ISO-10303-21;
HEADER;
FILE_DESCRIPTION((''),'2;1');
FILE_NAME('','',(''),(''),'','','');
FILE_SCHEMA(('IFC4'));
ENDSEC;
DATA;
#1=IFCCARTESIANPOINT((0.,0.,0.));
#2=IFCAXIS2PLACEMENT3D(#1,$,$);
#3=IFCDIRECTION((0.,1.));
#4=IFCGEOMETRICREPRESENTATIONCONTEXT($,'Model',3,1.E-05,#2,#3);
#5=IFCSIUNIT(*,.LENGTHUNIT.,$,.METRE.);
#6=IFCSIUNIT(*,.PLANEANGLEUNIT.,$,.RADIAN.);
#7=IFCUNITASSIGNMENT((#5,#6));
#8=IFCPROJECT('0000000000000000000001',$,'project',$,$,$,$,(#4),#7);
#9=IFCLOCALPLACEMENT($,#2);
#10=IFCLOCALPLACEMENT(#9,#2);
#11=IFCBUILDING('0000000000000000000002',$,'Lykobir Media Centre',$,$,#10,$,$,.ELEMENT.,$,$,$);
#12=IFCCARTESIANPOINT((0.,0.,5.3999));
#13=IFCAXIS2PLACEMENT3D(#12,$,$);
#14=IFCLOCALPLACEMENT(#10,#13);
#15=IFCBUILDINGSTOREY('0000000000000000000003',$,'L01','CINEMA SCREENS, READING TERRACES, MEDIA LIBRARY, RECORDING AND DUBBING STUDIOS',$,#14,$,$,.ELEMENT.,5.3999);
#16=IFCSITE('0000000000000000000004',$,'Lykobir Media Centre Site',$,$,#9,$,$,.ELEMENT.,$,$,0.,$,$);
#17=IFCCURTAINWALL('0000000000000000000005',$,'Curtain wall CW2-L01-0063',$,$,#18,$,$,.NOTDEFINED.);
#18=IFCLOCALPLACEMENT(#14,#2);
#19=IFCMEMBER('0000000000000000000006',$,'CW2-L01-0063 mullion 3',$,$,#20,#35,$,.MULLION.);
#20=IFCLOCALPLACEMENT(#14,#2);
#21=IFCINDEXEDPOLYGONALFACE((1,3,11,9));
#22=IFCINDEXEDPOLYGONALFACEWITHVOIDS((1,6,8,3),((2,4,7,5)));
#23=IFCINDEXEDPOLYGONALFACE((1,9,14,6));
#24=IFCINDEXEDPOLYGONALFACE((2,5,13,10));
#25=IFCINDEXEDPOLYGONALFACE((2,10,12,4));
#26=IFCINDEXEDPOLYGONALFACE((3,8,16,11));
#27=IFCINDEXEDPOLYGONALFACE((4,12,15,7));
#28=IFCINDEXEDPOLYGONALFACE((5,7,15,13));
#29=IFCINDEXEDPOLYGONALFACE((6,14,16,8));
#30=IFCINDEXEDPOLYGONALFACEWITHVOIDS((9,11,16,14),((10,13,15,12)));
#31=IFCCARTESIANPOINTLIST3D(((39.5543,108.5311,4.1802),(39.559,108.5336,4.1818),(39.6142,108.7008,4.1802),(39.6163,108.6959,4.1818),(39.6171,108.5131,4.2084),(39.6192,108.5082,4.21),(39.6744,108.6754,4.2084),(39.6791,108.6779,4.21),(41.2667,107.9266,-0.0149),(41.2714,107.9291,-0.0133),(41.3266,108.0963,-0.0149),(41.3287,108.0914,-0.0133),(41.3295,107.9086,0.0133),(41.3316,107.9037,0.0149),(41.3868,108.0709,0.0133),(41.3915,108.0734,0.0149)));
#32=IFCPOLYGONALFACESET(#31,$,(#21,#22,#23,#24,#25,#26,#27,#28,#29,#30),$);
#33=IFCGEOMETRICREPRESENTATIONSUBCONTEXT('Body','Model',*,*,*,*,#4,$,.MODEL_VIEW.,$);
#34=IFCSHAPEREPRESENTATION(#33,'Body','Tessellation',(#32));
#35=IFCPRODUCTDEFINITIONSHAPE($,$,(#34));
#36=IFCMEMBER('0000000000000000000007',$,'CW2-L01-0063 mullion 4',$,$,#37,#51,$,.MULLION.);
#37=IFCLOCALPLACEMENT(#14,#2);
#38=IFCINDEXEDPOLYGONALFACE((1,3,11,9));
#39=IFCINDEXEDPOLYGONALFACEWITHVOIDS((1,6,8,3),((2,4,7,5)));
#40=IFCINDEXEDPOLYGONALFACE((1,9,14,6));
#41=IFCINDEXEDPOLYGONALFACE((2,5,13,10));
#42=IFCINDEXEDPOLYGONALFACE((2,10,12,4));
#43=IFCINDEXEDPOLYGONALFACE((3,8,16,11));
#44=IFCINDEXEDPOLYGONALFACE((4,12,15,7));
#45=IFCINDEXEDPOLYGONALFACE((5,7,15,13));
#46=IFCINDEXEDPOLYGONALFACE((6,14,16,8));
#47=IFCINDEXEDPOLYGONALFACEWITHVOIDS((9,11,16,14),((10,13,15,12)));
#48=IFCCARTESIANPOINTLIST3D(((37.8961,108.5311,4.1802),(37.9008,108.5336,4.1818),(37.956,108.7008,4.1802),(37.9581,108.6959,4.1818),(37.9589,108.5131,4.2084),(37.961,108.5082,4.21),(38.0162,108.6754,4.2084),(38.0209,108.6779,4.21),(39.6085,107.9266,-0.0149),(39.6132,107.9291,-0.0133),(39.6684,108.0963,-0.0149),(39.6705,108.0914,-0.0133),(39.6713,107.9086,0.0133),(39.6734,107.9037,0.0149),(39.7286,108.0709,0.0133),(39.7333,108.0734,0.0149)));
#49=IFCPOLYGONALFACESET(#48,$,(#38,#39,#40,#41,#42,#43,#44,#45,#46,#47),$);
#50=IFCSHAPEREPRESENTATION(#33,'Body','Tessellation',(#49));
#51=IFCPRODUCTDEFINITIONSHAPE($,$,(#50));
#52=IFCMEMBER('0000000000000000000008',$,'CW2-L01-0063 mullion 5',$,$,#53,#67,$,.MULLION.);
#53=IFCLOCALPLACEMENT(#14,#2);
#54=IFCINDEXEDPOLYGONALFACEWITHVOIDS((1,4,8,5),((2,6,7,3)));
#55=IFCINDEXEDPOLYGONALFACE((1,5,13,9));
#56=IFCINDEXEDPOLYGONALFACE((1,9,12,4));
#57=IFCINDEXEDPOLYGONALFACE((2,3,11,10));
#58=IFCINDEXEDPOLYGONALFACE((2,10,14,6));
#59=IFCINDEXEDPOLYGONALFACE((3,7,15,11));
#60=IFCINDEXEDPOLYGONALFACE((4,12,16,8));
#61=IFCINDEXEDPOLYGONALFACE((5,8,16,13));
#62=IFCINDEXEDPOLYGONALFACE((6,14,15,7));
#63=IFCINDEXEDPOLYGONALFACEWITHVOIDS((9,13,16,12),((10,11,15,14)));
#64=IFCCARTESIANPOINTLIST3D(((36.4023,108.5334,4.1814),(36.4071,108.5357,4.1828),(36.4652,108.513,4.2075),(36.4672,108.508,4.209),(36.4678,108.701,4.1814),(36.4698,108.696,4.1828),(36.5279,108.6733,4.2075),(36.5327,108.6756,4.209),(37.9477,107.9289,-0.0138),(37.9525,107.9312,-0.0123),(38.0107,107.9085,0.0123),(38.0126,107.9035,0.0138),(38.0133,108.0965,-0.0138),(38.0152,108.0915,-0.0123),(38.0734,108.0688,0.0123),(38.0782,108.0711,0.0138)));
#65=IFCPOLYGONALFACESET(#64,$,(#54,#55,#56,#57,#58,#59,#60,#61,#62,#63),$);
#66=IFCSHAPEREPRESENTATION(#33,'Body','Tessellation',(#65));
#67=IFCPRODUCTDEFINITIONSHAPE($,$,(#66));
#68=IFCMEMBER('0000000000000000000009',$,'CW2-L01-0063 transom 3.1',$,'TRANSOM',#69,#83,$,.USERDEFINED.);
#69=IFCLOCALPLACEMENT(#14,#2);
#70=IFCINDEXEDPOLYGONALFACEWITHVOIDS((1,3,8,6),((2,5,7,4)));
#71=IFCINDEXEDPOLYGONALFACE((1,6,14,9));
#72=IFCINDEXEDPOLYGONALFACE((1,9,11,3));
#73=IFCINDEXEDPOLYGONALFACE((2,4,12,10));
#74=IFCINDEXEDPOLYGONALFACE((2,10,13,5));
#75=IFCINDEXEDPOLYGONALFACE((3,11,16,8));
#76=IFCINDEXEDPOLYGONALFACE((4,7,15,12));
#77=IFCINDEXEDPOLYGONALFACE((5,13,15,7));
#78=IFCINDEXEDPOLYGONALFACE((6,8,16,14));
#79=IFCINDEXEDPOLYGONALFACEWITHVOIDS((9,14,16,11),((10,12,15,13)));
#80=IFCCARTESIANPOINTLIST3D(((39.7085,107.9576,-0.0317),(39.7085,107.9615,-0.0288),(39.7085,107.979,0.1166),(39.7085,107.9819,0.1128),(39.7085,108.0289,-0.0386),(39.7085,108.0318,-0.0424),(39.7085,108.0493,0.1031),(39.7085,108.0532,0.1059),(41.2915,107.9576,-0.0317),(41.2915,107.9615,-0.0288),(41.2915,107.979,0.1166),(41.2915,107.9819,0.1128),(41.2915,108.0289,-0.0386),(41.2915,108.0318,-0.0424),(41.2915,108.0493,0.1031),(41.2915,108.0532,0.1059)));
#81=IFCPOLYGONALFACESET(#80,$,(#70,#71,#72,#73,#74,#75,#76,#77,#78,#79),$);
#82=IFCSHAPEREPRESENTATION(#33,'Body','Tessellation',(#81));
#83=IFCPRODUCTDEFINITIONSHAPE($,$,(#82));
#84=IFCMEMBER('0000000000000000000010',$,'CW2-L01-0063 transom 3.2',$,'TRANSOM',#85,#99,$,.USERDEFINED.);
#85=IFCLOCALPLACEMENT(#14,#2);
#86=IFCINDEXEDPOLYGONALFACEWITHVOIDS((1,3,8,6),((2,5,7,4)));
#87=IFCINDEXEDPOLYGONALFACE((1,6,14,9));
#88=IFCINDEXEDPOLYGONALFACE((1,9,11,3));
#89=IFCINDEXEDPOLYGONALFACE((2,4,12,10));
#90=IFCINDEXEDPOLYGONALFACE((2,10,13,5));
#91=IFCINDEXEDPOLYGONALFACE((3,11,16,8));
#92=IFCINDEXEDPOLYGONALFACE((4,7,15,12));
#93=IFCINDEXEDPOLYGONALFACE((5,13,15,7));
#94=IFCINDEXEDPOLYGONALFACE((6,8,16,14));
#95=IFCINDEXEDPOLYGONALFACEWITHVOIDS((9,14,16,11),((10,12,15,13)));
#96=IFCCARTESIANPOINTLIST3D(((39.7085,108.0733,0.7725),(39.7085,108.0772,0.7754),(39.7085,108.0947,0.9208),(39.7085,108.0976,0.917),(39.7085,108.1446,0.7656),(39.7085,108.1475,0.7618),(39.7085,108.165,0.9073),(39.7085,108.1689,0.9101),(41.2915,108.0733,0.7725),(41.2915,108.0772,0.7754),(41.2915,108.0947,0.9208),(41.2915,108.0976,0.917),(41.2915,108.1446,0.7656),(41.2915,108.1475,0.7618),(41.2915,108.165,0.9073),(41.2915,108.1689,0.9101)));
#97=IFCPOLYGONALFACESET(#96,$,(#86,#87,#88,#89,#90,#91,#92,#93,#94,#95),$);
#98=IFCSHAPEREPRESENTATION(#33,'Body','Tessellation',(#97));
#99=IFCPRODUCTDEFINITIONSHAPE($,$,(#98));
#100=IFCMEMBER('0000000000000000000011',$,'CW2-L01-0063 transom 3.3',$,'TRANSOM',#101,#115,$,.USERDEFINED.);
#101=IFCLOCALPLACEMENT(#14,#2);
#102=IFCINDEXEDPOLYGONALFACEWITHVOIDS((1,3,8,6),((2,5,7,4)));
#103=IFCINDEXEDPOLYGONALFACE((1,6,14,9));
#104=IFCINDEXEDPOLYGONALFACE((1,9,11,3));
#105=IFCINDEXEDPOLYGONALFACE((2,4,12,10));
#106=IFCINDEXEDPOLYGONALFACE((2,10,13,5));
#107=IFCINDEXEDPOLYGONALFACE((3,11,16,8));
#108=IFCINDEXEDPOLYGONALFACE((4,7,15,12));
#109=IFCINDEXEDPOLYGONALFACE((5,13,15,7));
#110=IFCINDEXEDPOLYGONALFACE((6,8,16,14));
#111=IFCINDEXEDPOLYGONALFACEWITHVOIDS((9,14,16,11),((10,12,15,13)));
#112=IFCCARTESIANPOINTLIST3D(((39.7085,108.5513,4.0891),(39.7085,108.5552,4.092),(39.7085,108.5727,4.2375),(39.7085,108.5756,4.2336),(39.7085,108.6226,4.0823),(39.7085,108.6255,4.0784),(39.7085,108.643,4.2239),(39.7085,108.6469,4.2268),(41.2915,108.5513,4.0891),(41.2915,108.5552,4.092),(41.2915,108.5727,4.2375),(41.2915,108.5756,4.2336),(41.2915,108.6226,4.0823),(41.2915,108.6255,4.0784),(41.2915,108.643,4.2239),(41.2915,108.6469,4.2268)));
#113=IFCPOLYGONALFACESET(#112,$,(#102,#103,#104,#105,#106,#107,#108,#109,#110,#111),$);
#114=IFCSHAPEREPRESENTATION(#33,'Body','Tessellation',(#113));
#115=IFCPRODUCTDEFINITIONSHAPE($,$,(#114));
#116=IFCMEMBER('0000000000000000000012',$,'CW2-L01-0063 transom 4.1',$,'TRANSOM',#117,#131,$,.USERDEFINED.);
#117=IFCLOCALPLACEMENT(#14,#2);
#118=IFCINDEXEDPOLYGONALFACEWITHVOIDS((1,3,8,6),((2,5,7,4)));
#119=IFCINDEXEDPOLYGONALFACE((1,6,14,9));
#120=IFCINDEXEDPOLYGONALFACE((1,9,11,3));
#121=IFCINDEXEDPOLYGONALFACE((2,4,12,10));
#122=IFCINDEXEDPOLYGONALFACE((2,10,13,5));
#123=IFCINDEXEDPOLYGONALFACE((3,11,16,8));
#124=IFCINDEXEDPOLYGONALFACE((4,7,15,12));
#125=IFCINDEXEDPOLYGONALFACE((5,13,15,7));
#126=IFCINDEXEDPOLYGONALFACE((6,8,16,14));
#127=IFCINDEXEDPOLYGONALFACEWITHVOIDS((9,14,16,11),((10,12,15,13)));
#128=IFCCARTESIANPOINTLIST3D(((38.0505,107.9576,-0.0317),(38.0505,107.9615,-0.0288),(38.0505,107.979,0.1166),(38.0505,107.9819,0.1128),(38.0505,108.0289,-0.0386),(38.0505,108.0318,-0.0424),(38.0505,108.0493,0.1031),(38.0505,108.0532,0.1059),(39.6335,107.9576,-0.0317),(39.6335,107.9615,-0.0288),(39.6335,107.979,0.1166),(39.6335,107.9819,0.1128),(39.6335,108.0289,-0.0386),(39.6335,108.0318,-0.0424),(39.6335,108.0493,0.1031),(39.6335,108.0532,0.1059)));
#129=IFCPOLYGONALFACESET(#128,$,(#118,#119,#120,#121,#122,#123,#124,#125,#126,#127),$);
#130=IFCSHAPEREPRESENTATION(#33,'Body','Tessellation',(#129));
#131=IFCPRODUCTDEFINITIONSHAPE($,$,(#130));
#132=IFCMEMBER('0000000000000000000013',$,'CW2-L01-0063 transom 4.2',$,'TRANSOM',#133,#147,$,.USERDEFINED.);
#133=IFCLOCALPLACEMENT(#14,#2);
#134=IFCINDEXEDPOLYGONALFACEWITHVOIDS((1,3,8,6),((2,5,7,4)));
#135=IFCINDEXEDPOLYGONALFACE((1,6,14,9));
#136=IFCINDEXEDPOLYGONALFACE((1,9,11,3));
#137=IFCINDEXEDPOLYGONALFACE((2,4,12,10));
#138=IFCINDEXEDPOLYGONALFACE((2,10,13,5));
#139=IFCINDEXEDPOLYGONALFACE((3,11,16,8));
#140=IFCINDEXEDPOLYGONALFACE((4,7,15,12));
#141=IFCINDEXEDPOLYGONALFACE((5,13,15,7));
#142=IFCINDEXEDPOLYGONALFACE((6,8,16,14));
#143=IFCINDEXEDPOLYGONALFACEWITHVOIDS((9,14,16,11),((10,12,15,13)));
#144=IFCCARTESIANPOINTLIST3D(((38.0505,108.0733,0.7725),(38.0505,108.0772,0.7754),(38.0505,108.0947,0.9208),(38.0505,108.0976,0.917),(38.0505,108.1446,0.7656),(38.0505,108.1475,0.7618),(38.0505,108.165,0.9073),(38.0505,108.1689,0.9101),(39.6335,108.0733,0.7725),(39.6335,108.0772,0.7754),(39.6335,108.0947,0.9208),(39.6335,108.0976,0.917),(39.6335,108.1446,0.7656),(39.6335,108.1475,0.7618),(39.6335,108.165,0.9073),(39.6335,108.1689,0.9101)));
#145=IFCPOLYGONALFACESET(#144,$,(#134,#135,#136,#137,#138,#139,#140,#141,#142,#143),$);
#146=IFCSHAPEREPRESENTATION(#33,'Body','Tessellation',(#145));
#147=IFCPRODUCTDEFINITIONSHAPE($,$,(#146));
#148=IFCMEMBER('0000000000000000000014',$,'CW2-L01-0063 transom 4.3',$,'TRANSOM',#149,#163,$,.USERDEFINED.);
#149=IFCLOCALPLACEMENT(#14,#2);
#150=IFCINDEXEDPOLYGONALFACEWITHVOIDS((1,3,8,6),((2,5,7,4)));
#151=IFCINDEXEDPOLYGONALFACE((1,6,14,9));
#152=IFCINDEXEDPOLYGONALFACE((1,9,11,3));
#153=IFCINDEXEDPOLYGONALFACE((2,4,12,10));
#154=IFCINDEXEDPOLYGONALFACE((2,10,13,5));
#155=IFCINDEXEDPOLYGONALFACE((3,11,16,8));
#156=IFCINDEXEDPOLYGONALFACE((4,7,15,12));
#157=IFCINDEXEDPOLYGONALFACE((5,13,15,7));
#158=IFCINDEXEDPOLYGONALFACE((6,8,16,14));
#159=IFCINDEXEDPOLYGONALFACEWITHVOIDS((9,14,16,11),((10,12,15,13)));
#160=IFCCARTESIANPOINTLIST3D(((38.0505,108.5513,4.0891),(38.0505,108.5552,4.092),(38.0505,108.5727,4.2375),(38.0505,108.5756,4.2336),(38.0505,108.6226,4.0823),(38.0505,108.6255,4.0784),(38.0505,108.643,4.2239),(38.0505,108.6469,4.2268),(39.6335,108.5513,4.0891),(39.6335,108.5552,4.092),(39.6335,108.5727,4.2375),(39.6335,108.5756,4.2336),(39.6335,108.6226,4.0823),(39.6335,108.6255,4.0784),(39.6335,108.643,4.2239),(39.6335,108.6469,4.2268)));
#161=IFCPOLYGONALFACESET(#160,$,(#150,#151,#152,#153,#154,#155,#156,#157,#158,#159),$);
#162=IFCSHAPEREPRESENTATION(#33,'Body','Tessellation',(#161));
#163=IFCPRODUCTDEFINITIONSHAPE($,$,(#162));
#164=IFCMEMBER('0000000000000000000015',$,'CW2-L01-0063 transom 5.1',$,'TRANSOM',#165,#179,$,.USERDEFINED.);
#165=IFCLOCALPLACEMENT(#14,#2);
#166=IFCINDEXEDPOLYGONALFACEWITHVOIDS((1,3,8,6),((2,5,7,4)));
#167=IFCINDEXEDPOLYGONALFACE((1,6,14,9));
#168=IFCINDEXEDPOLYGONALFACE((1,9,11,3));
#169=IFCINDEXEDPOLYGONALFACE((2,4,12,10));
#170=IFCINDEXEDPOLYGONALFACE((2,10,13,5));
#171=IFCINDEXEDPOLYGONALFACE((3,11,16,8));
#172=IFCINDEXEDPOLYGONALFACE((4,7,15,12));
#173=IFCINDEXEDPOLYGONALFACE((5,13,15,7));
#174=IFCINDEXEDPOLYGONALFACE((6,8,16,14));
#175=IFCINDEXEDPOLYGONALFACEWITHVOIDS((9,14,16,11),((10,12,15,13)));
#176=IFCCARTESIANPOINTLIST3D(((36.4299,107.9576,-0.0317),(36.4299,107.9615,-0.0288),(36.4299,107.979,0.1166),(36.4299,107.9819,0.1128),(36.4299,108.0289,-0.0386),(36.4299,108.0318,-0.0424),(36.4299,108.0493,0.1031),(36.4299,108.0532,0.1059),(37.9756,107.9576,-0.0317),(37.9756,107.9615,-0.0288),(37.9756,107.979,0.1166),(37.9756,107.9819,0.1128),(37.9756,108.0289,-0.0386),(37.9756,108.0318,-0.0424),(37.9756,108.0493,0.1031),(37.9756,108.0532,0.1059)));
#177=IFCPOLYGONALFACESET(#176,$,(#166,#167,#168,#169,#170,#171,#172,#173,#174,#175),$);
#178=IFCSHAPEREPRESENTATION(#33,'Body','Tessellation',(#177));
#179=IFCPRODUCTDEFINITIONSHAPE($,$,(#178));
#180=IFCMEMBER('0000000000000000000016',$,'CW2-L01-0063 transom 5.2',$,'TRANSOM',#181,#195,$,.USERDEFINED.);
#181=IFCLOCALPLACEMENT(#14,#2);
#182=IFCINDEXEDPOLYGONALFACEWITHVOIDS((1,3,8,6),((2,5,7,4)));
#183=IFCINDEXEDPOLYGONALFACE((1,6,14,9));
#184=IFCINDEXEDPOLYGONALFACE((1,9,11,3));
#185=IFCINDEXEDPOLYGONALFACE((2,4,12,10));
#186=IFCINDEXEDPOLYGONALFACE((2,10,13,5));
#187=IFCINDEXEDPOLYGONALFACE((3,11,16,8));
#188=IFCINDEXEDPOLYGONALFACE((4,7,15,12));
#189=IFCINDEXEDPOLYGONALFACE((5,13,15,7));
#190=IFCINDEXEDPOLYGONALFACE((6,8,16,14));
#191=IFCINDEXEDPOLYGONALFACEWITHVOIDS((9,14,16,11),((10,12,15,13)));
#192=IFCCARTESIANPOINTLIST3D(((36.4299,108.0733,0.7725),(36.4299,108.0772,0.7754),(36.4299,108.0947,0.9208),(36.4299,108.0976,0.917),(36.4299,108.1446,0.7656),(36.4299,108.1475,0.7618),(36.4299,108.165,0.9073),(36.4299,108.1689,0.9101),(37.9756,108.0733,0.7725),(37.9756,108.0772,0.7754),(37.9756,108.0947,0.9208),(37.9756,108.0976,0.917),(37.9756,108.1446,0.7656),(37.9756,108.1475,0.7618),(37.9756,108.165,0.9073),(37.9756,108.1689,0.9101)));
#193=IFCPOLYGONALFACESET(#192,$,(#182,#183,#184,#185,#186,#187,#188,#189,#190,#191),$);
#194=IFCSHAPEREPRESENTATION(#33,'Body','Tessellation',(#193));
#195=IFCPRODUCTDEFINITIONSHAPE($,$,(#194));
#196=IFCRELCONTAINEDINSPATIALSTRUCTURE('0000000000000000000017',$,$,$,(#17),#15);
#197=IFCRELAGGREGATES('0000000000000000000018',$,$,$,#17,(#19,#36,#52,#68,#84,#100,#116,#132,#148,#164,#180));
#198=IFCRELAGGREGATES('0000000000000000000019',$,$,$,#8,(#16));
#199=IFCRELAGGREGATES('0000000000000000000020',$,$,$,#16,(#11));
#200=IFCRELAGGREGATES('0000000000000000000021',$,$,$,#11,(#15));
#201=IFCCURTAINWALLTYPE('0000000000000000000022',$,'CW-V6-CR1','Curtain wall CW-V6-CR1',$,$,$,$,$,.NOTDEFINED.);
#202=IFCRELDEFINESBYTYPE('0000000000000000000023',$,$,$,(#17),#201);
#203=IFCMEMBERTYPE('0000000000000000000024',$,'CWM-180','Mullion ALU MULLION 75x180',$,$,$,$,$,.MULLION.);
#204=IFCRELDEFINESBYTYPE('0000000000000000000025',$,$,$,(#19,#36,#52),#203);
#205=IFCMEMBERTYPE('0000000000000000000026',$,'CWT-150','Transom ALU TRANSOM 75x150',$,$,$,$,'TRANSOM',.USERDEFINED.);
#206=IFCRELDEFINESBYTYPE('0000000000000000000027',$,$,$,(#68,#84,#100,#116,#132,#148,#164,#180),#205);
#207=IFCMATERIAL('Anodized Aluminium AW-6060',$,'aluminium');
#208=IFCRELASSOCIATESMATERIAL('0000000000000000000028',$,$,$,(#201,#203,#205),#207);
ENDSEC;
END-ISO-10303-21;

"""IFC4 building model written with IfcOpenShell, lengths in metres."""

from ifc_helpers import new_model, si_unit, direction, frame, origin, origin_2d, place, context, subcontext, project, spatial, hollow_rectangle, extrude, material, material_profile, profile_set, type_object, element, aggregate, save


model = new_model("IFC4")

# Units and contexts
model_context = context("Model", 3, precision=1e-05, world=origin(), true_north=direction((0.0, 1.0)))
body_context = subcontext(model_context, "Body", "Model", "MODEL_VIEW")
ifc_project = project(units=[si_unit("LENGTHUNIT", "METRE"), si_unit("PLANEANGLEUNIT", "RADIAN")], contexts=[model_context])

# Site, building, storey
site_placement = place(None, origin())
site = spatial("IfcSite", under=ifc_project, at=site_placement, Name="Lykobir Media Centre Site", CompositionType="ELEMENT", RefElevation=0.0)
building_placement = place(site_placement, origin())
building = spatial("IfcBuilding", under=site, at=building_placement, Name="Lykobir Media Centre", CompositionType="ELEMENT")
storey_placement = place(building_placement, frame((0.0, 0.0, 5.3999)))
storey = spatial("IfcBuildingStorey", under=building, at=storey_placement, Name="L01", Description="CINEMA SCREENS, READING TERRACES, MEDIA LIBRARY, RECORDING AND DUBBING STUDIOS", CompositionType="ELEMENT", Elevation=5.3999)

# Curtain wall, members
ifc_material_1 = material(Name="Anodized Aluminium AW-6060", Category="aluminium")
curtain_wall_type = type_object("IfcCurtainWallType", Name="CW-V6-CR1", Description="Curtain wall CW-V6-CR1", PredefinedType="NOTDEFINED", material=ifc_material_1)
curtain_wall_placement = place(storey_placement, origin())
curtain_wall = element("IfcCurtainWall", 1, at=curtain_wall_placement, inside=storey, type_object=curtain_wall_type, Name="Curtain wall CW2-L01-0063", PredefinedType="NOTDEFINED")
ifc_material_profile_1 = material_profile(ifc_material_1, hollow_rectangle(XDim=0.075, YDim=0.1799, WallThickness=0.0039, at=origin_2d()), Name="ALU MULLION 75x180")
ifc_profile_set_1 = profile_set([ifc_material_profile_1], Name="Anodized Aluminium AW-6060")
member_type_1 = type_object("IfcMemberType", Name="CWM-180", Description="Mullion ALU MULLION 75x180", PredefinedType="MULLION", material=ifc_profile_set_1)
member_1_placement = place(storey_placement, frame((41.3291, 108.0, 0.0), z_axis=(-0.374603, 0.132238, 0.917707), x_axis=(-0.865371, 0.305483, -0.397258)))
member_1 = element("IfcMember", 2, at=member_1_placement, type_object=member_type_1, Name="CW2-L01-0063 mullion 3", PredefinedType="MULLION", context=body_context, shape_type="SweptSolid", body=[
    extrude(hollow_rectangle(XDim=0.075, YDim=0.1799, WallThickness=0.0039, at=origin_2d()), origin(), (0.0, 0.0, 1.0), 4.5713),
])
member_2_placement = place(storey_placement, frame((39.6709, 108.0, 0.0), z_axis=(-0.374603, 0.132238, 0.917707), x_axis=(-0.865371, 0.305483, -0.397258)))
member_2 = element("IfcMember", 3, at=member_2_placement, type_object=member_type_1, Name="CW2-L01-0063 mullion 4", PredefinedType="MULLION", context=body_context, shape_type="SweptSolid", body=[
    extrude(hollow_rectangle(XDim=0.075, YDim=0.1799, WallThickness=0.0039, at=origin_2d()), origin(), (0.0, 0.0, 1.0), 4.5713),
])
member_3_placement = place(storey_placement, frame((38.0129, 108.0, 0.0), z_axis=(-0.34256, 0.133994, 0.929891), x_axis=(-0.865999, 0.338738, -0.367834)))
member_3 = element("IfcMember", 4, at=member_3_placement, type_object=member_type_1, Name="CW2-L01-0063 mullion 5", PredefinedType="MULLION", context=body_context, shape_type="SweptSolid", body=[
    extrude(hollow_rectangle(XDim=0.075, YDim=0.1799, WallThickness=0.0039, at=origin_2d()), origin(), (0.0, 0.0, 1.0), 4.5115),
])
ifc_material_profile_2 = material_profile(ifc_material_1, hollow_rectangle(XDim=0.075, YDim=0.1499, WallThickness=0.0034, at=origin_2d()), Name="ALU TRANSOM 75x150")
ifc_profile_set_2 = profile_set([ifc_material_profile_2], Name="Anodized Aluminium AW-6060")
member_type_2 = type_object("IfcMemberType", Name="CWT-150", Description="Transom ALU TRANSOM 75x150", ElementType="TRANSOM", PredefinedType="USERDEFINED", material=ifc_profile_set_2)
member_4_placement = place(storey_placement, frame((41.2915, 108.0054, 0.0371), z_axis=(-1.0, 0.0, 0.0), x_axis=(0.0, -0.989776, 0.142629)))
member_4 = element("IfcMember", 5, at=member_4_placement, type_object=member_type_2, Name="CW2-L01-0063 transom 3.1", ObjectType="TRANSOM", PredefinedType="USERDEFINED", context=body_context, shape_type="SweptSolid", body=[
    extrude(hollow_rectangle(XDim=0.075, YDim=0.1499, WallThickness=0.0034, at=origin_2d()), origin(), (0.0, 0.0, 1.0), 1.583),
])
member_5_placement = place(storey_placement, frame((41.2915, 108.1211, 0.8413), z_axis=(-1.0, 0.0, 0.0), x_axis=(0.0, -0.989776, 0.142629)))
member_5 = element("IfcMember", 6, at=member_5_placement, type_object=member_type_2, Name="CW2-L01-0063 transom 3.2", ObjectType="TRANSOM", PredefinedType="USERDEFINED", context=body_context, shape_type="SweptSolid", body=[
    extrude(hollow_rectangle(XDim=0.075, YDim=0.1499, WallThickness=0.0034, at=origin_2d()), origin(), (0.0, 0.0, 1.0), 1.583),
])
member_6_placement = place(storey_placement, frame((41.2915, 108.5991, 4.158), z_axis=(-1.0, 0.0, 0.0), x_axis=(0.0, -0.989776, 0.142629)))
member_6 = element("IfcMember", 7, at=member_6_placement, type_object=member_type_2, Name="CW2-L01-0063 transom 3.3", ObjectType="TRANSOM", PredefinedType="USERDEFINED", context=body_context, shape_type="SweptSolid", body=[
    extrude(hollow_rectangle(XDim=0.075, YDim=0.1499, WallThickness=0.0034, at=origin_2d()), origin(), (0.0, 0.0, 1.0), 1.583),
])
member_7_placement = place(storey_placement, frame((39.6335, 108.0054, 0.0371), z_axis=(-1.0, 0.0, 0.0), x_axis=(0.0, -0.989776, 0.142629)))
member_7 = element("IfcMember", 8, at=member_7_placement, type_object=member_type_2, Name="CW2-L01-0063 transom 4.1", ObjectType="TRANSOM", PredefinedType="USERDEFINED", context=body_context, shape_type="SweptSolid", body=[
    extrude(hollow_rectangle(XDim=0.075, YDim=0.1499, WallThickness=0.0034, at=origin_2d()), origin(), (0.0, 0.0, 1.0), 1.583),
])
member_8_placement = place(storey_placement, frame((39.6335, 108.1211, 0.8413), z_axis=(-1.0, 0.0, 0.0), x_axis=(0.0, -0.989776, 0.142629)))
member_8 = element("IfcMember", 9, at=member_8_placement, type_object=member_type_2, Name="CW2-L01-0063 transom 4.2", ObjectType="TRANSOM", PredefinedType="USERDEFINED", context=body_context, shape_type="SweptSolid", body=[
    extrude(hollow_rectangle(XDim=0.075, YDim=0.1499, WallThickness=0.0034, at=origin_2d()), origin(), (0.0, 0.0, 1.0), 1.583),
])
member_9_placement = place(storey_placement, frame((39.6335, 108.5991, 4.158), z_axis=(-1.0, 0.0, 0.0), x_axis=(0.0, -0.989776, 0.142629)))
member_9 = element("IfcMember", 10, at=member_9_placement, type_object=member_type_2, Name="CW2-L01-0063 transom 4.3", ObjectType="TRANSOM", PredefinedType="USERDEFINED", context=body_context, shape_type="SweptSolid", body=[
    extrude(hollow_rectangle(XDim=0.075, YDim=0.1499, WallThickness=0.0034, at=origin_2d()), origin(), (0.0, 0.0, 1.0), 1.583),
])
member_10_placement = place(storey_placement, frame((37.9756, 108.0054, 0.0371), z_axis=(-1.0, 0.0, 0.0), x_axis=(0.0, -0.989776, 0.142629)))
member_10 = element("IfcMember", 11, at=member_10_placement, type_object=member_type_2, Name="CW2-L01-0063 transom 5.1", ObjectType="TRANSOM", PredefinedType="USERDEFINED", context=body_context, shape_type="SweptSolid", body=[
    extrude(hollow_rectangle(XDim=0.075, YDim=0.1499, WallThickness=0.0034, at=origin_2d()), origin(), (0.0, 0.0, 1.0), 1.5457),
])
member_11_placement = place(storey_placement, frame((37.9756, 108.1211, 0.8413), z_axis=(-1.0, 0.0, 0.0), x_axis=(0.0, -0.989776, 0.142629)))
member_11 = element("IfcMember", 12, at=member_11_placement, type_object=member_type_2, Name="CW2-L01-0063 transom 5.2", ObjectType="TRANSOM", PredefinedType="USERDEFINED", context=body_context, shape_type="SweptSolid", body=[
    extrude(hollow_rectangle(XDim=0.075, YDim=0.1499, WallThickness=0.0034, at=origin_2d()), origin(), (0.0, 0.0, 1.0), 1.5457),
])
aggregate(curtain_wall, [member_1, member_2, member_3, member_4, member_5, member_6, member_7, member_8, member_9, member_10, member_11])

save(model, "model.ifc")
